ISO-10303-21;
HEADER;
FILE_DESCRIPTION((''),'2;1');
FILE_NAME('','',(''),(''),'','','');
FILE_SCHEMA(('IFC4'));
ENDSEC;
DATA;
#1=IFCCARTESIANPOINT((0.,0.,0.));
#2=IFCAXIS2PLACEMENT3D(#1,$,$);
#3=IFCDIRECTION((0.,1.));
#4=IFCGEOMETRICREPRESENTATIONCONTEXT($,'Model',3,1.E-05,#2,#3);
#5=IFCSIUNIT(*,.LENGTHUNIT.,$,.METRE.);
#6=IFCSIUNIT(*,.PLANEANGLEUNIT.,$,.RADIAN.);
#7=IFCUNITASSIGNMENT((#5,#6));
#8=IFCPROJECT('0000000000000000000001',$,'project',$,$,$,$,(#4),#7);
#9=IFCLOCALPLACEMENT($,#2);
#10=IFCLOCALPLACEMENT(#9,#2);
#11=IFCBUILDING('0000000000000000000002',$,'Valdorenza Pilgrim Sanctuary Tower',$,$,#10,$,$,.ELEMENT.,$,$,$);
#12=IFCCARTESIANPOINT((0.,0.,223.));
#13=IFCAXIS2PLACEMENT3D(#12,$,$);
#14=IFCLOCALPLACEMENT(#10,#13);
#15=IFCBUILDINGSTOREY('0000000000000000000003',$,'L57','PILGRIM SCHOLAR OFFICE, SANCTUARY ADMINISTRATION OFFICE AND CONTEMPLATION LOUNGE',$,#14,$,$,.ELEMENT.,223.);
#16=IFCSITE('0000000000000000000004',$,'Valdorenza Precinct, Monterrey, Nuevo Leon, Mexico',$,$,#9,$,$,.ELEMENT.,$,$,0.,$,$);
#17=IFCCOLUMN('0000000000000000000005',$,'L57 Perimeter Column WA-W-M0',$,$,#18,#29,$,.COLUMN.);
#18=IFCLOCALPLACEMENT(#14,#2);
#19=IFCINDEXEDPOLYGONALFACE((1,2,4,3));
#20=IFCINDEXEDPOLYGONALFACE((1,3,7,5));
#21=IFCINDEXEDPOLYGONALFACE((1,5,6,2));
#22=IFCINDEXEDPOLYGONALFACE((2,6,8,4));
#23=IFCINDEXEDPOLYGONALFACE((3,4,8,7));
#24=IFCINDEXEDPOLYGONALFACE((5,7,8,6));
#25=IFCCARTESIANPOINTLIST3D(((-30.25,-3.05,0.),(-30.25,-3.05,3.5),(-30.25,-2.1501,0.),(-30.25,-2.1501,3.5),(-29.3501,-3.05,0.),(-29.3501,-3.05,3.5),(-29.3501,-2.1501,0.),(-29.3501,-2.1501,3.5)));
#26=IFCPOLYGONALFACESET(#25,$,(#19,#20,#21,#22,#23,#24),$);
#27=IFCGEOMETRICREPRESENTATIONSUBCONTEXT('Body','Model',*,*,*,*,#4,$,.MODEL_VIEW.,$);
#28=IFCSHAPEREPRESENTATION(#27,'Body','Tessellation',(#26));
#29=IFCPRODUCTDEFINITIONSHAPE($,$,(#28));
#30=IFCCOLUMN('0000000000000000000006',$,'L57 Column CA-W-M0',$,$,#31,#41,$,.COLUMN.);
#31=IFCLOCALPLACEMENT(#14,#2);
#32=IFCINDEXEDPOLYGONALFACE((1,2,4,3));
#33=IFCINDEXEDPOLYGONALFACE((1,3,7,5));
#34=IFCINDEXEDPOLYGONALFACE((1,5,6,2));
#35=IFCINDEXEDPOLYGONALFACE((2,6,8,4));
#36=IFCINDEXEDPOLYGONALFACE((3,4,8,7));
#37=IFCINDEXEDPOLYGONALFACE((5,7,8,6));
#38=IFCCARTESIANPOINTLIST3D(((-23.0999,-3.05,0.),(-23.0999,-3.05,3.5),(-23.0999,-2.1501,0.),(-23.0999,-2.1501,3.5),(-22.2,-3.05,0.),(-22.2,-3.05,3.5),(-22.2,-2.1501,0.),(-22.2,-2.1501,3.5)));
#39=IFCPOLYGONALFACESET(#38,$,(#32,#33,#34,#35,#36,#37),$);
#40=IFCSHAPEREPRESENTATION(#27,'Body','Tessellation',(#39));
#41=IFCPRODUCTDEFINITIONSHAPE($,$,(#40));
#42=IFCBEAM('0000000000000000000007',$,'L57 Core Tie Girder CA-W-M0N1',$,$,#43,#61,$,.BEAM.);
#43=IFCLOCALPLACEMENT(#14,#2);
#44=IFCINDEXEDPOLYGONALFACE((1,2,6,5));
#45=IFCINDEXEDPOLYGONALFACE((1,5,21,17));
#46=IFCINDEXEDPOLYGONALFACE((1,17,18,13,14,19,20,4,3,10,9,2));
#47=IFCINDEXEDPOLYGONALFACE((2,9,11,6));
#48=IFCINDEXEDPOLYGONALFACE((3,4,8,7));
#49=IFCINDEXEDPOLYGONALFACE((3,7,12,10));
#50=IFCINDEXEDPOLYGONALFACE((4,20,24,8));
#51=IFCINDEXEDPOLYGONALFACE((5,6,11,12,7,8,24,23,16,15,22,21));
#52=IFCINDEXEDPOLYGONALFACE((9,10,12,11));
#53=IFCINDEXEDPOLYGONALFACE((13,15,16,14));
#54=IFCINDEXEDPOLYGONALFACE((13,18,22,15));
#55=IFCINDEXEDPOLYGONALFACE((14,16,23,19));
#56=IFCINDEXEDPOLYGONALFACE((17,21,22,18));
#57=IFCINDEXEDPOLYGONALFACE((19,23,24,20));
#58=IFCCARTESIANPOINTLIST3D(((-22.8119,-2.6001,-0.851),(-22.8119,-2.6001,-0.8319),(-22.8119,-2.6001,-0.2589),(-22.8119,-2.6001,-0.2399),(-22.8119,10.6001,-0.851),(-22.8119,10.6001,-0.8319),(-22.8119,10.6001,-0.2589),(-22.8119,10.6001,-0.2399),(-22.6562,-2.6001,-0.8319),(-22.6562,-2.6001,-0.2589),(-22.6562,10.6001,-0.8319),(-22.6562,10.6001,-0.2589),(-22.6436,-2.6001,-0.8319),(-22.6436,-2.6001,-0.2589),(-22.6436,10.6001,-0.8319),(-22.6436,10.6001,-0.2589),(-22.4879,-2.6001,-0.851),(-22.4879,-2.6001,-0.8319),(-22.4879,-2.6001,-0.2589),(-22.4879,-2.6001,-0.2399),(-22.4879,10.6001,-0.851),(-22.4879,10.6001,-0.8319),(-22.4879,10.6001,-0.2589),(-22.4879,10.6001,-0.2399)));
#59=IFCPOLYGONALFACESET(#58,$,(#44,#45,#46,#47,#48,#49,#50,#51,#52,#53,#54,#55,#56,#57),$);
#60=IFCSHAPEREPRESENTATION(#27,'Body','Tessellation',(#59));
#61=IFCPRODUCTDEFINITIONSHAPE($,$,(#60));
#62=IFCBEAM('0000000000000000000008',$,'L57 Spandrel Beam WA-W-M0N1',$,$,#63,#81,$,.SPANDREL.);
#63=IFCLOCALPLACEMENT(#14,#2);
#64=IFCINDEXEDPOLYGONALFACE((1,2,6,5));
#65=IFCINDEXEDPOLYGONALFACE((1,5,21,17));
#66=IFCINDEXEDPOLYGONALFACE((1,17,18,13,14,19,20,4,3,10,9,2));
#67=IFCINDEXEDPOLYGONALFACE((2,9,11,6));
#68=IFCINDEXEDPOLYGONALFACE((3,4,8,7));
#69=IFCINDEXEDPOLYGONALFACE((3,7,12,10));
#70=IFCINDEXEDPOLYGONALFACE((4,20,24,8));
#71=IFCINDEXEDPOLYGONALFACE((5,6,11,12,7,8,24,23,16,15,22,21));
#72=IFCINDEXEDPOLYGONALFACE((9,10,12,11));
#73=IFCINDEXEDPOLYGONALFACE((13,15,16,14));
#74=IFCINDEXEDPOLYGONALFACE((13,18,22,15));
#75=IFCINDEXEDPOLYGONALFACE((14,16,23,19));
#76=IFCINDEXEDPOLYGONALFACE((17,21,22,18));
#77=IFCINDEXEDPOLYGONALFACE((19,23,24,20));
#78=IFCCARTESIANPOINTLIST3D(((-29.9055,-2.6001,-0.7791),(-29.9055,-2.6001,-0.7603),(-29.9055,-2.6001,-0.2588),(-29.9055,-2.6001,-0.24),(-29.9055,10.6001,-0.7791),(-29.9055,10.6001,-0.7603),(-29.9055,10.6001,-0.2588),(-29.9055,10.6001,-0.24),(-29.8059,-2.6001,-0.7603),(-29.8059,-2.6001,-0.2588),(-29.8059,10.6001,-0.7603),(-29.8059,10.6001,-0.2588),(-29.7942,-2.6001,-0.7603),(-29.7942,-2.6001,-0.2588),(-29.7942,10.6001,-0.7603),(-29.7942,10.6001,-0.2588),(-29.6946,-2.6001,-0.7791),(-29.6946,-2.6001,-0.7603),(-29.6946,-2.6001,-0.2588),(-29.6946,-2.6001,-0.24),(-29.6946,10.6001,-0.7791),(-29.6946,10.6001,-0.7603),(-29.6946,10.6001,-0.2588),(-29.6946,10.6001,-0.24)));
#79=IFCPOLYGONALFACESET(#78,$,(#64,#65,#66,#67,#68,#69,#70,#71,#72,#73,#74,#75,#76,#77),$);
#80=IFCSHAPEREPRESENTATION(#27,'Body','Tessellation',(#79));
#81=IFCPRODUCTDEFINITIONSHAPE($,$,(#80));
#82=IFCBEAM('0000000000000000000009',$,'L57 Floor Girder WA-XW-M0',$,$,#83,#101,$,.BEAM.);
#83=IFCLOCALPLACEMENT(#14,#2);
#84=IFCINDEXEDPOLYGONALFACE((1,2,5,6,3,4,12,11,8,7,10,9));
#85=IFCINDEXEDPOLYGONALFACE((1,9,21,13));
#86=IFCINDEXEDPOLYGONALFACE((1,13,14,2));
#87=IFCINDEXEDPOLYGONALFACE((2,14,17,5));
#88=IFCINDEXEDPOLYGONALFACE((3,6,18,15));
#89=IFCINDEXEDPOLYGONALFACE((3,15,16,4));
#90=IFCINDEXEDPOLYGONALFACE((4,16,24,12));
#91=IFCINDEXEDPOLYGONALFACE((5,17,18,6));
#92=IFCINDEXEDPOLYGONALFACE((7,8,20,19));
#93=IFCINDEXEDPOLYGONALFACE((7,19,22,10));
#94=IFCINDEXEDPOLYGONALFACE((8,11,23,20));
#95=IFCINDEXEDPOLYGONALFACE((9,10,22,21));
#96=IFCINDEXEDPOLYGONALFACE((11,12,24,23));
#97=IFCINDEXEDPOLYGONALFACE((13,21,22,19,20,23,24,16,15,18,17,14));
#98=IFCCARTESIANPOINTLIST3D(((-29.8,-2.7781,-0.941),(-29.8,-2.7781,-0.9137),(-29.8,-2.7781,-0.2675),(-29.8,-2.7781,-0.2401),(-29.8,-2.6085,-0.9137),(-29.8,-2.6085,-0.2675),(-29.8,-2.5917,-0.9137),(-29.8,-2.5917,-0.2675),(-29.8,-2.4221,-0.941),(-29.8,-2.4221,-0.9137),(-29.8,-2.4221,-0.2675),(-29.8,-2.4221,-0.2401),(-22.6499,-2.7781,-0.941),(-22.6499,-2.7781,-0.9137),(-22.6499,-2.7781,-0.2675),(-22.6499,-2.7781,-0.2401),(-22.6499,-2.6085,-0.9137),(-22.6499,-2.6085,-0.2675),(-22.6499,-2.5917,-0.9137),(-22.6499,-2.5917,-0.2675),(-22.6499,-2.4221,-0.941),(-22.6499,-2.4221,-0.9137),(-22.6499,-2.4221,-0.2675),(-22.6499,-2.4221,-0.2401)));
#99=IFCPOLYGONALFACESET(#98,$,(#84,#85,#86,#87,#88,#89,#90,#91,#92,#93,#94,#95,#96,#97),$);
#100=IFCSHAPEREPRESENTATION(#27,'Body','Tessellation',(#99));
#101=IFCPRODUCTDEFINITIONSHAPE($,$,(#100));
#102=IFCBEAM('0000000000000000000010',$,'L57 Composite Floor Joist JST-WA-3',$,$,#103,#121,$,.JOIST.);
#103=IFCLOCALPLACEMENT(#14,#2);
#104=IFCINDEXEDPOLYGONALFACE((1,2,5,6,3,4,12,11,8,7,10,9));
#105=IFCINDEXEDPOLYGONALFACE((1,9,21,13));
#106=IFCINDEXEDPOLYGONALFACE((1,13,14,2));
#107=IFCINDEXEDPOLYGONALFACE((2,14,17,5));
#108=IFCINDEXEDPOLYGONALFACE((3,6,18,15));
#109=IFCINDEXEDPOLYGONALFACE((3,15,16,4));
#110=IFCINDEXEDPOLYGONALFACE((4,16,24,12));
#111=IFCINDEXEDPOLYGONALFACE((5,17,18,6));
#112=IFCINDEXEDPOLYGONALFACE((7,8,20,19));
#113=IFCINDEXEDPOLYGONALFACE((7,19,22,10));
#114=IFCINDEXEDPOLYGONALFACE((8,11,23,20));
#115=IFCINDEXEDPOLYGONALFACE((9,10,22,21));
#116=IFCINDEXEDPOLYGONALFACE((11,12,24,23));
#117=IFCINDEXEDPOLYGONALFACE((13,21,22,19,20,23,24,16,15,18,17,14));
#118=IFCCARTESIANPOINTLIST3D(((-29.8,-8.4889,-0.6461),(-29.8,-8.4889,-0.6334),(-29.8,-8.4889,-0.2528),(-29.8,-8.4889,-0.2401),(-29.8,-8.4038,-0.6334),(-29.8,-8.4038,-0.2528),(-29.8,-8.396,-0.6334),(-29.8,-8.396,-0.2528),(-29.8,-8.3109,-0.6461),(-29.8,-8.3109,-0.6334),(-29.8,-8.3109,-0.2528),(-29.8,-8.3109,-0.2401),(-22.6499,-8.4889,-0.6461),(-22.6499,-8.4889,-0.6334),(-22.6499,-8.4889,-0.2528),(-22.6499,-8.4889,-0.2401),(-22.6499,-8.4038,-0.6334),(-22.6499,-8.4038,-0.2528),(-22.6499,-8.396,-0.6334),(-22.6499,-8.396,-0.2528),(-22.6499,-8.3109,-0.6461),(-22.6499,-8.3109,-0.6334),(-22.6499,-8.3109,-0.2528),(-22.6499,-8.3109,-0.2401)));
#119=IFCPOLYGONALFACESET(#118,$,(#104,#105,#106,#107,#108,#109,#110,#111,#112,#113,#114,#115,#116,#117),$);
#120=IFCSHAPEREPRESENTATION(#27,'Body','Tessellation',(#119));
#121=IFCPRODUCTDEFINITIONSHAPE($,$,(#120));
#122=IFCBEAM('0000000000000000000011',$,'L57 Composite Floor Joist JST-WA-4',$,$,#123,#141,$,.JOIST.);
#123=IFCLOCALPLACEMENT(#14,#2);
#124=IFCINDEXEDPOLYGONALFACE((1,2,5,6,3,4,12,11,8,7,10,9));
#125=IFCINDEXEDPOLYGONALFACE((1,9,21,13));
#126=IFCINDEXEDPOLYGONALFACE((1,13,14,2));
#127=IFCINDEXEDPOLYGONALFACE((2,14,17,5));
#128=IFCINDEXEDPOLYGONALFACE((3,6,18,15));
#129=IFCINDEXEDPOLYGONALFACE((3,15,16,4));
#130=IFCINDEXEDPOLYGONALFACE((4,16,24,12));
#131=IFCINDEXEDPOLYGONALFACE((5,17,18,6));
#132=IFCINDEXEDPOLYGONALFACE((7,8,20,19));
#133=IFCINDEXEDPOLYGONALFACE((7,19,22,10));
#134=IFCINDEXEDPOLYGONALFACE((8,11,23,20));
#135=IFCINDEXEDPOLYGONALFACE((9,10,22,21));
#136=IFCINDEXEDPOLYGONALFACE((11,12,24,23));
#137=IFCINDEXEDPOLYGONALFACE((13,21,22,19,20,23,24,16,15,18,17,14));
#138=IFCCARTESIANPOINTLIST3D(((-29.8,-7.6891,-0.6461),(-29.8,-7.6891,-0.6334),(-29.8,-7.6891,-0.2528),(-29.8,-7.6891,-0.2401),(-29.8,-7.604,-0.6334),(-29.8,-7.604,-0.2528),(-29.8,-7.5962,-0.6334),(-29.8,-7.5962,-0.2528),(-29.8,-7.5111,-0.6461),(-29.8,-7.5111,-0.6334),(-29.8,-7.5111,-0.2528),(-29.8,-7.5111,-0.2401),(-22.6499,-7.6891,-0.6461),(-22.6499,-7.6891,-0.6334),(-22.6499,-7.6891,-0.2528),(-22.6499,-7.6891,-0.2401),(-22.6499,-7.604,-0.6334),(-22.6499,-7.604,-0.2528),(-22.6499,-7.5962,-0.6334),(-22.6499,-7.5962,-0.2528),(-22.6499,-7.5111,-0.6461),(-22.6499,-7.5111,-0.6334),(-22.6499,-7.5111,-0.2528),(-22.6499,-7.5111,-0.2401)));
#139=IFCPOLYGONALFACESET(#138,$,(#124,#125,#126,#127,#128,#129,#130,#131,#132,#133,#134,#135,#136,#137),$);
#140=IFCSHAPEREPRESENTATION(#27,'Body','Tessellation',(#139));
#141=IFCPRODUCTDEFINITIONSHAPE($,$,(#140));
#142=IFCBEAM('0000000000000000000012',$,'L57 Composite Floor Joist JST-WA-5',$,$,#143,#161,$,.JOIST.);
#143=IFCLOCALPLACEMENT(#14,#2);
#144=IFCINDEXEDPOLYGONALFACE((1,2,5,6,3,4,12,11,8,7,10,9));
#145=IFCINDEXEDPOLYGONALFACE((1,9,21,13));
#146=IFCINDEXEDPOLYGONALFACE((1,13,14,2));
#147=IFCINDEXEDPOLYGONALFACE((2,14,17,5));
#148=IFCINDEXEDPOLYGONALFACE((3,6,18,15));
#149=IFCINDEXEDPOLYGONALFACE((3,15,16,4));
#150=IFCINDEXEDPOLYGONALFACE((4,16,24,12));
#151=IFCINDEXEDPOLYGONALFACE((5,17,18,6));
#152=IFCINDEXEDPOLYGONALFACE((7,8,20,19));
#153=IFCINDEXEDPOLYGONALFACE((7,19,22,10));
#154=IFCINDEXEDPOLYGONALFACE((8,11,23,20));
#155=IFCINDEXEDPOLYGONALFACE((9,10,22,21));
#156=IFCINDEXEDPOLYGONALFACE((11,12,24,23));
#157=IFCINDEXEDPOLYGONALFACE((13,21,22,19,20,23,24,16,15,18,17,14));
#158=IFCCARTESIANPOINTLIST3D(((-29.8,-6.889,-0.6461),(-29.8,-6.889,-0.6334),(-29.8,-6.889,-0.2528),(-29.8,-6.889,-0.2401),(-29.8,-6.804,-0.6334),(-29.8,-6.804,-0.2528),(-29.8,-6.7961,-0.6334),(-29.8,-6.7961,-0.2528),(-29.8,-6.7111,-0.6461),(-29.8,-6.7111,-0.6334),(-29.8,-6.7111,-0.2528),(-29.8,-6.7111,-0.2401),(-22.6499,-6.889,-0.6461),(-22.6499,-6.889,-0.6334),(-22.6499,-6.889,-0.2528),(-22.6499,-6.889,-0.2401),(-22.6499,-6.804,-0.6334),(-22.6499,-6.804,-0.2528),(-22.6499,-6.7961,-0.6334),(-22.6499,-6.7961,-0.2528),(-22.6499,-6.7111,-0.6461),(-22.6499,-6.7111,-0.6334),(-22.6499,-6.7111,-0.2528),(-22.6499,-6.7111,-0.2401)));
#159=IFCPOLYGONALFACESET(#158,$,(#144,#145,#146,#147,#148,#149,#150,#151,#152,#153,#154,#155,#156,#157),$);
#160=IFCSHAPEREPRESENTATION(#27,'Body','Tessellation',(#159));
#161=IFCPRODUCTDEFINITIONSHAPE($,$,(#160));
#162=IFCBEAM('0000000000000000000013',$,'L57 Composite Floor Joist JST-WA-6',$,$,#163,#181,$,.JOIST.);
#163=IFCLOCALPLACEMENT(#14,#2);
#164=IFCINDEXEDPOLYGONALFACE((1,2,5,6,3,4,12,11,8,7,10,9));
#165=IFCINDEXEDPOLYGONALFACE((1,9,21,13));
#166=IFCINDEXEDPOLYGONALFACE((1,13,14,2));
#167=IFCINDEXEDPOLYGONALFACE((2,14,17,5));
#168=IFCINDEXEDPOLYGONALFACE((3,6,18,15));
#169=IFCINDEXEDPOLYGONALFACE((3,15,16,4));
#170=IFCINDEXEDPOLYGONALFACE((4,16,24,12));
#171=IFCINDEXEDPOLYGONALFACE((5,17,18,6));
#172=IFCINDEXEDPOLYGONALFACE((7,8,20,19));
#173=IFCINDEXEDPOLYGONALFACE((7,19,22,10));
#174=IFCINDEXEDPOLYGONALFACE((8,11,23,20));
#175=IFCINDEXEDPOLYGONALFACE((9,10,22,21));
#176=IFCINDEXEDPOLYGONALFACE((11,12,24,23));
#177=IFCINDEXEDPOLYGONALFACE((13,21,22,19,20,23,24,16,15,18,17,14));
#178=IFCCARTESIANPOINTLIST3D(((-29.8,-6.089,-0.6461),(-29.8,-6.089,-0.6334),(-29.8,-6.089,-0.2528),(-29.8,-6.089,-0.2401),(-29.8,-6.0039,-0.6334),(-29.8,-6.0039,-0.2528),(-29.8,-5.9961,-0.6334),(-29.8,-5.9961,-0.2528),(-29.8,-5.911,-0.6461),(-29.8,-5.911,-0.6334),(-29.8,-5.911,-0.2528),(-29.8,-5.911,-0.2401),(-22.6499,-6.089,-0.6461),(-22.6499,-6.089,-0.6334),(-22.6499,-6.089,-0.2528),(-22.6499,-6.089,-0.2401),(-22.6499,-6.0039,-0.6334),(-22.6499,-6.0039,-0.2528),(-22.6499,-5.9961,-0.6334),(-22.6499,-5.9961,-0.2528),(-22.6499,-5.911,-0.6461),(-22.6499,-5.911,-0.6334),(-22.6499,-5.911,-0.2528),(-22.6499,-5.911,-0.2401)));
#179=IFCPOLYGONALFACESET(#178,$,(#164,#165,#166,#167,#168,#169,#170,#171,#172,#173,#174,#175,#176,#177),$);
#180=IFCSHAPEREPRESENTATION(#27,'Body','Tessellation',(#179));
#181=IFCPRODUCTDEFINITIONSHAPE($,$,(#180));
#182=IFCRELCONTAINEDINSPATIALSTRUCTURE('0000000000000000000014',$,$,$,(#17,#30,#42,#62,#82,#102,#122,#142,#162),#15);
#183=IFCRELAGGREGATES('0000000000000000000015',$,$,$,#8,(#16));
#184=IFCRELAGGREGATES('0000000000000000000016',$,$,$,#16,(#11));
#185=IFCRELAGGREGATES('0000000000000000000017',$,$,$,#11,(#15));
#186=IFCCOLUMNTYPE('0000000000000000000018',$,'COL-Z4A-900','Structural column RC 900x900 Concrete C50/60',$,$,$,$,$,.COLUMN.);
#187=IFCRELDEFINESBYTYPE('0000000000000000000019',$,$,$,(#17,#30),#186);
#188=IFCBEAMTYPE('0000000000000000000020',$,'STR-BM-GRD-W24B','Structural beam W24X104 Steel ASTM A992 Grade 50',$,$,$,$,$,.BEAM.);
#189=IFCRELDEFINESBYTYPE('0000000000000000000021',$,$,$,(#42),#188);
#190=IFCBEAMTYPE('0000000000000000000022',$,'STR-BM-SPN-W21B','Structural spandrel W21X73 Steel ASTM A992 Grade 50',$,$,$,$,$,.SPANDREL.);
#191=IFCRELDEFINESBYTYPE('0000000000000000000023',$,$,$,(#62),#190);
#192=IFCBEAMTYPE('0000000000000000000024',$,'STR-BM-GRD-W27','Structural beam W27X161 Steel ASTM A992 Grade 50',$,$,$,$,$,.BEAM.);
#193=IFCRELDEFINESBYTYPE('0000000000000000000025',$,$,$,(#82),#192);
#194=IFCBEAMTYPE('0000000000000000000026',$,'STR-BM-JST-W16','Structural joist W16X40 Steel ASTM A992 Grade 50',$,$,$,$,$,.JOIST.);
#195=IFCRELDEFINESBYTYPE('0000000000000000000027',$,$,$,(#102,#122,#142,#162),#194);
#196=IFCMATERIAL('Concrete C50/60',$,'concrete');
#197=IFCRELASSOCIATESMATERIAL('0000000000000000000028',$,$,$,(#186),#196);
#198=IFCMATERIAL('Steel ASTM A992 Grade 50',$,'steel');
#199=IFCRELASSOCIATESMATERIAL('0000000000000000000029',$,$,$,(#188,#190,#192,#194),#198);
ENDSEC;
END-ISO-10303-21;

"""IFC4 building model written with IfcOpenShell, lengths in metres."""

from ifc_helpers import new_model, si_unit, direction, frame, origin, origin_2d, place, context, subcontext, project, spatial, rectangle, i_section, extrude, source, transform, mapped, material, material_profile, profile_set, type_object, element, save


model = new_model("IFC4")

# Units and contexts
model_context = context("Model", 3, precision=1e-05, world=origin(), true_north=direction((0.0, 1.0)))
body_context = subcontext(model_context, "Body", "Model", "MODEL_VIEW")
ifc_project = project(units=[si_unit("LENGTHUNIT", "METRE"), si_unit("PLANEANGLEUNIT", "RADIAN")], contexts=[model_context])

# Site, building, storey
site_placement = place(None, origin())
site = spatial("IfcSite", under=ifc_project, at=site_placement, Name="Valdorenza Precinct, Monterrey, Nuevo Leon, Mexico", CompositionType="ELEMENT", RefElevation=0.0)
building_placement = place(site_placement, origin())
building = spatial("IfcBuilding", under=site, at=building_placement, Name="Valdorenza Pilgrim Sanctuary Tower", CompositionType="ELEMENT")
storey_placement = place(building_placement, frame((0.0, 0.0, 223.0)))
storey = spatial("IfcBuildingStorey", under=building, at=storey_placement, Name="L57", Description="PILGRIM SCHOLAR OFFICE, SANCTUARY ADMINISTRATION OFFICE AND CONTEMPLATION LOUNGE", CompositionType="ELEMENT", Elevation=223.0)

# Columns
ifc_material_1 = material(Name="Concrete C50/60", Category="concrete")
ifc_material_profile_1 = material_profile(ifc_material_1, rectangle(XDim=0.8999, YDim=0.8999, at=origin_2d()), Name="RC 900x900")
ifc_profile_set_1 = profile_set([ifc_material_profile_1], Name="Concrete C50/60")
column_type = type_object("IfcColumnType", Name="COL-Z4A-900", Description="Structural column RC 900x900 Concrete C50/60", PredefinedType="COLUMN", material=ifc_profile_set_1)
shared_shape_1 = source(origin(), body_context, "Body", "SweptSolid", [
    extrude(rectangle(XDim=0.8999, YDim=0.8999, at=origin_2d()), origin(), (0.0, 0.0, 1.0), 3.5),
])
for number, where, z_axis, x_axis, name in (
    (1, (-29.8, -2.6001, 0.0), (0.0, 0.0, 1.0), (1.0, 0.0, 0.0), "L57 Perimeter Column WA-W-M0"),
    (2, (-22.6499, -2.6001, 0.0), (0.0, 0.0, 1.0), (1.0, 0.0, 0.0), "L57 Column CA-W-M0"),
):
    element("IfcColumn", number, at=place(storey_placement, frame(where, z_axis=z_axis, x_axis=x_axis)), inside=storey, type_object=column_type, Name=name, PredefinedType="COLUMN", context=body_context, shape_type="MappedRepresentation", body=[
        mapped(shared_shape_1, transform((0.0, 0.0, 0.0), x_axis=(1.0, 0.0, 0.0), y_axis=(0.0, 1.0, 0.0), z_axis=(0.0, 0.0, 1.0), scale=1.0)),
    ])

# Beams
ifc_material_2 = material(Name="Steel ASTM A992 Grade 50", Category="steel")
ifc_material_profile_2 = material_profile(ifc_material_2, i_section(OverallWidth=0.324, OverallDepth=0.6111, WebThickness=0.0127, FlangeThickness=0.019, at=origin_2d()), Name="W24X104")
ifc_profile_set_2 = profile_set([ifc_material_profile_2], Name="Steel ASTM A992 Grade 50")
beam_type_1 = type_object("IfcBeamType", Name="STR-BM-GRD-W24B", Description="Structural beam W24X104 Steel ASTM A992 Grade 50", PredefinedType="BEAM", material=ifc_profile_set_2)
shared_shape_2 = source(origin(), body_context, "Body", "SweptSolid", [
    extrude(i_section(OverallWidth=0.324, OverallDepth=0.6111, WebThickness=0.0127, FlangeThickness=0.019, at=origin_2d()), origin(), (0.0, 0.0, 1.0), 13.2002),
])
beam_1_placement = place(storey_placement, frame((-22.6499, -2.6001, -0.5454), z_axis=(0.0, 1.0, 0.0), x_axis=(-1.0, 0.0, 0.0)))
element("IfcBeam", 3, at=beam_1_placement, inside=storey, type_object=beam_type_1, Name="L57 Core Tie Girder CA-W-M0N1", PredefinedType="BEAM", context=body_context, shape_type="MappedRepresentation", body=[
    mapped(shared_shape_2, transform((0.0, 0.0, 0.0), x_axis=(1.0, 0.0, 0.0), y_axis=(0.0, 1.0, 0.0), z_axis=(0.0, 0.0, 1.0), scale=1.0)),
])
ifc_material_profile_3 = material_profile(ifc_material_2, i_section(OverallWidth=0.2109, OverallDepth=0.5391, WebThickness=0.0117, FlangeThickness=0.0188, at=origin_2d()), Name="W21X73")
ifc_profile_set_3 = profile_set([ifc_material_profile_3], Name="Steel ASTM A992 Grade 50")
beam_type_2 = type_object("IfcBeamType", Name="STR-BM-SPN-W21B", Description="Structural spandrel W21X73 Steel ASTM A992 Grade 50", PredefinedType="SPANDREL", material=ifc_profile_set_3)
shared_shape_3 = source(origin(), body_context, "Body", "SweptSolid", [
    extrude(i_section(OverallWidth=0.2109, OverallDepth=0.5391, WebThickness=0.0117, FlangeThickness=0.0188, at=origin_2d()), origin(), (0.0, 0.0, 1.0), 13.2002),
])
beam_2_placement = place(storey_placement, frame((-29.8, -2.6001, -0.5095), z_axis=(0.0, 1.0, 0.0), x_axis=(-1.0, 0.0, 0.0)))
element("IfcBeam", 4, at=beam_2_placement, inside=storey, type_object=beam_type_2, Name="L57 Spandrel Beam WA-W-M0N1", PredefinedType="SPANDREL", context=body_context, shape_type="MappedRepresentation", body=[
    mapped(shared_shape_3, transform((0.0, 0.0, 0.0), x_axis=(1.0, 0.0, 0.0), y_axis=(0.0, 1.0, 0.0), z_axis=(0.0, 0.0, 1.0), scale=1.0)),
])
ifc_material_profile_4 = material_profile(ifc_material_2, i_section(OverallWidth=0.356, OverallDepth=0.7009, WebThickness=0.0168, FlangeThickness=0.0273, at=origin_2d()), Name="W27X161")
ifc_profile_set_4 = profile_set([ifc_material_profile_4], Name="Steel ASTM A992 Grade 50")
beam_type_3 = type_object("IfcBeamType", Name="STR-BM-GRD-W27", Description="Structural beam W27X161 Steel ASTM A992 Grade 50", PredefinedType="BEAM", material=ifc_profile_set_4)
shared_shape_4 = source(origin(), body_context, "Body", "SweptSolid", [
    extrude(i_section(OverallWidth=0.356, OverallDepth=0.7009, WebThickness=0.0168, FlangeThickness=0.0273, at=origin_2d()), origin(), (0.0, 0.0, 1.0), 7.1501),
])
beam_3_placement = place(storey_placement, frame((-29.8, -2.6001, -0.5906), z_axis=(1.0, 0.0, 0.0), x_axis=(0.0, 1.0, 0.0)))
element("IfcBeam", 5, at=beam_3_placement, inside=storey, type_object=beam_type_3, Name="L57 Floor Girder WA-XW-M0", PredefinedType="BEAM", context=body_context, shape_type="MappedRepresentation", body=[
    mapped(shared_shape_4, transform((0.0, 0.0, 0.0), x_axis=(1.0, 0.0, 0.0), y_axis=(0.0, 1.0, 0.0), z_axis=(0.0, 0.0, 1.0), scale=1.0)),
])
ifc_material_profile_5 = material_profile(ifc_material_2, i_section(OverallWidth=0.178, OverallDepth=0.406, WebThickness=0.0078, FlangeThickness=0.0127, at=origin_2d()), Name="W16X40")
ifc_profile_set_5 = profile_set([ifc_material_profile_5], Name="Steel ASTM A992 Grade 50")
beam_type_4 = type_object("IfcBeamType", Name="STR-BM-JST-W16", Description="Structural joist W16X40 Steel ASTM A992 Grade 50", PredefinedType="JOIST", material=ifc_profile_set_5)
shared_shape_5 = source(origin(), body_context, "Body", "SweptSolid", [
    extrude(i_section(OverallWidth=0.178, OverallDepth=0.406, WebThickness=0.0078, FlangeThickness=0.0127, at=origin_2d()), origin(), (0.0, 0.0, 1.0), 7.1501),
])
for number, where, z_axis, x_axis, name in (
    (6, (-29.8, -8.3999, -0.4431), (1.0, 0.0, 0.0), (0.0, 1.0, 0.0), "L57 Composite Floor Joist JST-WA-3"),
    (7, (-29.8, -7.6001, -0.4431), (1.0, 0.0, 0.0), (0.0, 1.0, 0.0), "L57 Composite Floor Joist JST-WA-4"),
    (8, (-29.8, -6.8, -0.4431), (1.0, 0.0, 0.0), (0.0, 1.0, 0.0), "L57 Composite Floor Joist JST-WA-5"),
    (9, (-29.8, -6.0, -0.4431), (1.0, 0.0, 0.0), (0.0, 1.0, 0.0), "L57 Composite Floor Joist JST-WA-6"),
):
    element("IfcBeam", number, at=place(storey_placement, frame(where, z_axis=z_axis, x_axis=x_axis)), inside=storey, type_object=beam_type_4, Name=name, PredefinedType="JOIST", context=body_context, shape_type="MappedRepresentation", body=[
        mapped(shared_shape_5, transform((0.0, 0.0, 0.0), x_axis=(1.0, 0.0, 0.0), y_axis=(0.0, 1.0, 0.0), z_axis=(0.0, 0.0, 1.0), scale=1.0)),
    ])

save(model, "model.ifc")
